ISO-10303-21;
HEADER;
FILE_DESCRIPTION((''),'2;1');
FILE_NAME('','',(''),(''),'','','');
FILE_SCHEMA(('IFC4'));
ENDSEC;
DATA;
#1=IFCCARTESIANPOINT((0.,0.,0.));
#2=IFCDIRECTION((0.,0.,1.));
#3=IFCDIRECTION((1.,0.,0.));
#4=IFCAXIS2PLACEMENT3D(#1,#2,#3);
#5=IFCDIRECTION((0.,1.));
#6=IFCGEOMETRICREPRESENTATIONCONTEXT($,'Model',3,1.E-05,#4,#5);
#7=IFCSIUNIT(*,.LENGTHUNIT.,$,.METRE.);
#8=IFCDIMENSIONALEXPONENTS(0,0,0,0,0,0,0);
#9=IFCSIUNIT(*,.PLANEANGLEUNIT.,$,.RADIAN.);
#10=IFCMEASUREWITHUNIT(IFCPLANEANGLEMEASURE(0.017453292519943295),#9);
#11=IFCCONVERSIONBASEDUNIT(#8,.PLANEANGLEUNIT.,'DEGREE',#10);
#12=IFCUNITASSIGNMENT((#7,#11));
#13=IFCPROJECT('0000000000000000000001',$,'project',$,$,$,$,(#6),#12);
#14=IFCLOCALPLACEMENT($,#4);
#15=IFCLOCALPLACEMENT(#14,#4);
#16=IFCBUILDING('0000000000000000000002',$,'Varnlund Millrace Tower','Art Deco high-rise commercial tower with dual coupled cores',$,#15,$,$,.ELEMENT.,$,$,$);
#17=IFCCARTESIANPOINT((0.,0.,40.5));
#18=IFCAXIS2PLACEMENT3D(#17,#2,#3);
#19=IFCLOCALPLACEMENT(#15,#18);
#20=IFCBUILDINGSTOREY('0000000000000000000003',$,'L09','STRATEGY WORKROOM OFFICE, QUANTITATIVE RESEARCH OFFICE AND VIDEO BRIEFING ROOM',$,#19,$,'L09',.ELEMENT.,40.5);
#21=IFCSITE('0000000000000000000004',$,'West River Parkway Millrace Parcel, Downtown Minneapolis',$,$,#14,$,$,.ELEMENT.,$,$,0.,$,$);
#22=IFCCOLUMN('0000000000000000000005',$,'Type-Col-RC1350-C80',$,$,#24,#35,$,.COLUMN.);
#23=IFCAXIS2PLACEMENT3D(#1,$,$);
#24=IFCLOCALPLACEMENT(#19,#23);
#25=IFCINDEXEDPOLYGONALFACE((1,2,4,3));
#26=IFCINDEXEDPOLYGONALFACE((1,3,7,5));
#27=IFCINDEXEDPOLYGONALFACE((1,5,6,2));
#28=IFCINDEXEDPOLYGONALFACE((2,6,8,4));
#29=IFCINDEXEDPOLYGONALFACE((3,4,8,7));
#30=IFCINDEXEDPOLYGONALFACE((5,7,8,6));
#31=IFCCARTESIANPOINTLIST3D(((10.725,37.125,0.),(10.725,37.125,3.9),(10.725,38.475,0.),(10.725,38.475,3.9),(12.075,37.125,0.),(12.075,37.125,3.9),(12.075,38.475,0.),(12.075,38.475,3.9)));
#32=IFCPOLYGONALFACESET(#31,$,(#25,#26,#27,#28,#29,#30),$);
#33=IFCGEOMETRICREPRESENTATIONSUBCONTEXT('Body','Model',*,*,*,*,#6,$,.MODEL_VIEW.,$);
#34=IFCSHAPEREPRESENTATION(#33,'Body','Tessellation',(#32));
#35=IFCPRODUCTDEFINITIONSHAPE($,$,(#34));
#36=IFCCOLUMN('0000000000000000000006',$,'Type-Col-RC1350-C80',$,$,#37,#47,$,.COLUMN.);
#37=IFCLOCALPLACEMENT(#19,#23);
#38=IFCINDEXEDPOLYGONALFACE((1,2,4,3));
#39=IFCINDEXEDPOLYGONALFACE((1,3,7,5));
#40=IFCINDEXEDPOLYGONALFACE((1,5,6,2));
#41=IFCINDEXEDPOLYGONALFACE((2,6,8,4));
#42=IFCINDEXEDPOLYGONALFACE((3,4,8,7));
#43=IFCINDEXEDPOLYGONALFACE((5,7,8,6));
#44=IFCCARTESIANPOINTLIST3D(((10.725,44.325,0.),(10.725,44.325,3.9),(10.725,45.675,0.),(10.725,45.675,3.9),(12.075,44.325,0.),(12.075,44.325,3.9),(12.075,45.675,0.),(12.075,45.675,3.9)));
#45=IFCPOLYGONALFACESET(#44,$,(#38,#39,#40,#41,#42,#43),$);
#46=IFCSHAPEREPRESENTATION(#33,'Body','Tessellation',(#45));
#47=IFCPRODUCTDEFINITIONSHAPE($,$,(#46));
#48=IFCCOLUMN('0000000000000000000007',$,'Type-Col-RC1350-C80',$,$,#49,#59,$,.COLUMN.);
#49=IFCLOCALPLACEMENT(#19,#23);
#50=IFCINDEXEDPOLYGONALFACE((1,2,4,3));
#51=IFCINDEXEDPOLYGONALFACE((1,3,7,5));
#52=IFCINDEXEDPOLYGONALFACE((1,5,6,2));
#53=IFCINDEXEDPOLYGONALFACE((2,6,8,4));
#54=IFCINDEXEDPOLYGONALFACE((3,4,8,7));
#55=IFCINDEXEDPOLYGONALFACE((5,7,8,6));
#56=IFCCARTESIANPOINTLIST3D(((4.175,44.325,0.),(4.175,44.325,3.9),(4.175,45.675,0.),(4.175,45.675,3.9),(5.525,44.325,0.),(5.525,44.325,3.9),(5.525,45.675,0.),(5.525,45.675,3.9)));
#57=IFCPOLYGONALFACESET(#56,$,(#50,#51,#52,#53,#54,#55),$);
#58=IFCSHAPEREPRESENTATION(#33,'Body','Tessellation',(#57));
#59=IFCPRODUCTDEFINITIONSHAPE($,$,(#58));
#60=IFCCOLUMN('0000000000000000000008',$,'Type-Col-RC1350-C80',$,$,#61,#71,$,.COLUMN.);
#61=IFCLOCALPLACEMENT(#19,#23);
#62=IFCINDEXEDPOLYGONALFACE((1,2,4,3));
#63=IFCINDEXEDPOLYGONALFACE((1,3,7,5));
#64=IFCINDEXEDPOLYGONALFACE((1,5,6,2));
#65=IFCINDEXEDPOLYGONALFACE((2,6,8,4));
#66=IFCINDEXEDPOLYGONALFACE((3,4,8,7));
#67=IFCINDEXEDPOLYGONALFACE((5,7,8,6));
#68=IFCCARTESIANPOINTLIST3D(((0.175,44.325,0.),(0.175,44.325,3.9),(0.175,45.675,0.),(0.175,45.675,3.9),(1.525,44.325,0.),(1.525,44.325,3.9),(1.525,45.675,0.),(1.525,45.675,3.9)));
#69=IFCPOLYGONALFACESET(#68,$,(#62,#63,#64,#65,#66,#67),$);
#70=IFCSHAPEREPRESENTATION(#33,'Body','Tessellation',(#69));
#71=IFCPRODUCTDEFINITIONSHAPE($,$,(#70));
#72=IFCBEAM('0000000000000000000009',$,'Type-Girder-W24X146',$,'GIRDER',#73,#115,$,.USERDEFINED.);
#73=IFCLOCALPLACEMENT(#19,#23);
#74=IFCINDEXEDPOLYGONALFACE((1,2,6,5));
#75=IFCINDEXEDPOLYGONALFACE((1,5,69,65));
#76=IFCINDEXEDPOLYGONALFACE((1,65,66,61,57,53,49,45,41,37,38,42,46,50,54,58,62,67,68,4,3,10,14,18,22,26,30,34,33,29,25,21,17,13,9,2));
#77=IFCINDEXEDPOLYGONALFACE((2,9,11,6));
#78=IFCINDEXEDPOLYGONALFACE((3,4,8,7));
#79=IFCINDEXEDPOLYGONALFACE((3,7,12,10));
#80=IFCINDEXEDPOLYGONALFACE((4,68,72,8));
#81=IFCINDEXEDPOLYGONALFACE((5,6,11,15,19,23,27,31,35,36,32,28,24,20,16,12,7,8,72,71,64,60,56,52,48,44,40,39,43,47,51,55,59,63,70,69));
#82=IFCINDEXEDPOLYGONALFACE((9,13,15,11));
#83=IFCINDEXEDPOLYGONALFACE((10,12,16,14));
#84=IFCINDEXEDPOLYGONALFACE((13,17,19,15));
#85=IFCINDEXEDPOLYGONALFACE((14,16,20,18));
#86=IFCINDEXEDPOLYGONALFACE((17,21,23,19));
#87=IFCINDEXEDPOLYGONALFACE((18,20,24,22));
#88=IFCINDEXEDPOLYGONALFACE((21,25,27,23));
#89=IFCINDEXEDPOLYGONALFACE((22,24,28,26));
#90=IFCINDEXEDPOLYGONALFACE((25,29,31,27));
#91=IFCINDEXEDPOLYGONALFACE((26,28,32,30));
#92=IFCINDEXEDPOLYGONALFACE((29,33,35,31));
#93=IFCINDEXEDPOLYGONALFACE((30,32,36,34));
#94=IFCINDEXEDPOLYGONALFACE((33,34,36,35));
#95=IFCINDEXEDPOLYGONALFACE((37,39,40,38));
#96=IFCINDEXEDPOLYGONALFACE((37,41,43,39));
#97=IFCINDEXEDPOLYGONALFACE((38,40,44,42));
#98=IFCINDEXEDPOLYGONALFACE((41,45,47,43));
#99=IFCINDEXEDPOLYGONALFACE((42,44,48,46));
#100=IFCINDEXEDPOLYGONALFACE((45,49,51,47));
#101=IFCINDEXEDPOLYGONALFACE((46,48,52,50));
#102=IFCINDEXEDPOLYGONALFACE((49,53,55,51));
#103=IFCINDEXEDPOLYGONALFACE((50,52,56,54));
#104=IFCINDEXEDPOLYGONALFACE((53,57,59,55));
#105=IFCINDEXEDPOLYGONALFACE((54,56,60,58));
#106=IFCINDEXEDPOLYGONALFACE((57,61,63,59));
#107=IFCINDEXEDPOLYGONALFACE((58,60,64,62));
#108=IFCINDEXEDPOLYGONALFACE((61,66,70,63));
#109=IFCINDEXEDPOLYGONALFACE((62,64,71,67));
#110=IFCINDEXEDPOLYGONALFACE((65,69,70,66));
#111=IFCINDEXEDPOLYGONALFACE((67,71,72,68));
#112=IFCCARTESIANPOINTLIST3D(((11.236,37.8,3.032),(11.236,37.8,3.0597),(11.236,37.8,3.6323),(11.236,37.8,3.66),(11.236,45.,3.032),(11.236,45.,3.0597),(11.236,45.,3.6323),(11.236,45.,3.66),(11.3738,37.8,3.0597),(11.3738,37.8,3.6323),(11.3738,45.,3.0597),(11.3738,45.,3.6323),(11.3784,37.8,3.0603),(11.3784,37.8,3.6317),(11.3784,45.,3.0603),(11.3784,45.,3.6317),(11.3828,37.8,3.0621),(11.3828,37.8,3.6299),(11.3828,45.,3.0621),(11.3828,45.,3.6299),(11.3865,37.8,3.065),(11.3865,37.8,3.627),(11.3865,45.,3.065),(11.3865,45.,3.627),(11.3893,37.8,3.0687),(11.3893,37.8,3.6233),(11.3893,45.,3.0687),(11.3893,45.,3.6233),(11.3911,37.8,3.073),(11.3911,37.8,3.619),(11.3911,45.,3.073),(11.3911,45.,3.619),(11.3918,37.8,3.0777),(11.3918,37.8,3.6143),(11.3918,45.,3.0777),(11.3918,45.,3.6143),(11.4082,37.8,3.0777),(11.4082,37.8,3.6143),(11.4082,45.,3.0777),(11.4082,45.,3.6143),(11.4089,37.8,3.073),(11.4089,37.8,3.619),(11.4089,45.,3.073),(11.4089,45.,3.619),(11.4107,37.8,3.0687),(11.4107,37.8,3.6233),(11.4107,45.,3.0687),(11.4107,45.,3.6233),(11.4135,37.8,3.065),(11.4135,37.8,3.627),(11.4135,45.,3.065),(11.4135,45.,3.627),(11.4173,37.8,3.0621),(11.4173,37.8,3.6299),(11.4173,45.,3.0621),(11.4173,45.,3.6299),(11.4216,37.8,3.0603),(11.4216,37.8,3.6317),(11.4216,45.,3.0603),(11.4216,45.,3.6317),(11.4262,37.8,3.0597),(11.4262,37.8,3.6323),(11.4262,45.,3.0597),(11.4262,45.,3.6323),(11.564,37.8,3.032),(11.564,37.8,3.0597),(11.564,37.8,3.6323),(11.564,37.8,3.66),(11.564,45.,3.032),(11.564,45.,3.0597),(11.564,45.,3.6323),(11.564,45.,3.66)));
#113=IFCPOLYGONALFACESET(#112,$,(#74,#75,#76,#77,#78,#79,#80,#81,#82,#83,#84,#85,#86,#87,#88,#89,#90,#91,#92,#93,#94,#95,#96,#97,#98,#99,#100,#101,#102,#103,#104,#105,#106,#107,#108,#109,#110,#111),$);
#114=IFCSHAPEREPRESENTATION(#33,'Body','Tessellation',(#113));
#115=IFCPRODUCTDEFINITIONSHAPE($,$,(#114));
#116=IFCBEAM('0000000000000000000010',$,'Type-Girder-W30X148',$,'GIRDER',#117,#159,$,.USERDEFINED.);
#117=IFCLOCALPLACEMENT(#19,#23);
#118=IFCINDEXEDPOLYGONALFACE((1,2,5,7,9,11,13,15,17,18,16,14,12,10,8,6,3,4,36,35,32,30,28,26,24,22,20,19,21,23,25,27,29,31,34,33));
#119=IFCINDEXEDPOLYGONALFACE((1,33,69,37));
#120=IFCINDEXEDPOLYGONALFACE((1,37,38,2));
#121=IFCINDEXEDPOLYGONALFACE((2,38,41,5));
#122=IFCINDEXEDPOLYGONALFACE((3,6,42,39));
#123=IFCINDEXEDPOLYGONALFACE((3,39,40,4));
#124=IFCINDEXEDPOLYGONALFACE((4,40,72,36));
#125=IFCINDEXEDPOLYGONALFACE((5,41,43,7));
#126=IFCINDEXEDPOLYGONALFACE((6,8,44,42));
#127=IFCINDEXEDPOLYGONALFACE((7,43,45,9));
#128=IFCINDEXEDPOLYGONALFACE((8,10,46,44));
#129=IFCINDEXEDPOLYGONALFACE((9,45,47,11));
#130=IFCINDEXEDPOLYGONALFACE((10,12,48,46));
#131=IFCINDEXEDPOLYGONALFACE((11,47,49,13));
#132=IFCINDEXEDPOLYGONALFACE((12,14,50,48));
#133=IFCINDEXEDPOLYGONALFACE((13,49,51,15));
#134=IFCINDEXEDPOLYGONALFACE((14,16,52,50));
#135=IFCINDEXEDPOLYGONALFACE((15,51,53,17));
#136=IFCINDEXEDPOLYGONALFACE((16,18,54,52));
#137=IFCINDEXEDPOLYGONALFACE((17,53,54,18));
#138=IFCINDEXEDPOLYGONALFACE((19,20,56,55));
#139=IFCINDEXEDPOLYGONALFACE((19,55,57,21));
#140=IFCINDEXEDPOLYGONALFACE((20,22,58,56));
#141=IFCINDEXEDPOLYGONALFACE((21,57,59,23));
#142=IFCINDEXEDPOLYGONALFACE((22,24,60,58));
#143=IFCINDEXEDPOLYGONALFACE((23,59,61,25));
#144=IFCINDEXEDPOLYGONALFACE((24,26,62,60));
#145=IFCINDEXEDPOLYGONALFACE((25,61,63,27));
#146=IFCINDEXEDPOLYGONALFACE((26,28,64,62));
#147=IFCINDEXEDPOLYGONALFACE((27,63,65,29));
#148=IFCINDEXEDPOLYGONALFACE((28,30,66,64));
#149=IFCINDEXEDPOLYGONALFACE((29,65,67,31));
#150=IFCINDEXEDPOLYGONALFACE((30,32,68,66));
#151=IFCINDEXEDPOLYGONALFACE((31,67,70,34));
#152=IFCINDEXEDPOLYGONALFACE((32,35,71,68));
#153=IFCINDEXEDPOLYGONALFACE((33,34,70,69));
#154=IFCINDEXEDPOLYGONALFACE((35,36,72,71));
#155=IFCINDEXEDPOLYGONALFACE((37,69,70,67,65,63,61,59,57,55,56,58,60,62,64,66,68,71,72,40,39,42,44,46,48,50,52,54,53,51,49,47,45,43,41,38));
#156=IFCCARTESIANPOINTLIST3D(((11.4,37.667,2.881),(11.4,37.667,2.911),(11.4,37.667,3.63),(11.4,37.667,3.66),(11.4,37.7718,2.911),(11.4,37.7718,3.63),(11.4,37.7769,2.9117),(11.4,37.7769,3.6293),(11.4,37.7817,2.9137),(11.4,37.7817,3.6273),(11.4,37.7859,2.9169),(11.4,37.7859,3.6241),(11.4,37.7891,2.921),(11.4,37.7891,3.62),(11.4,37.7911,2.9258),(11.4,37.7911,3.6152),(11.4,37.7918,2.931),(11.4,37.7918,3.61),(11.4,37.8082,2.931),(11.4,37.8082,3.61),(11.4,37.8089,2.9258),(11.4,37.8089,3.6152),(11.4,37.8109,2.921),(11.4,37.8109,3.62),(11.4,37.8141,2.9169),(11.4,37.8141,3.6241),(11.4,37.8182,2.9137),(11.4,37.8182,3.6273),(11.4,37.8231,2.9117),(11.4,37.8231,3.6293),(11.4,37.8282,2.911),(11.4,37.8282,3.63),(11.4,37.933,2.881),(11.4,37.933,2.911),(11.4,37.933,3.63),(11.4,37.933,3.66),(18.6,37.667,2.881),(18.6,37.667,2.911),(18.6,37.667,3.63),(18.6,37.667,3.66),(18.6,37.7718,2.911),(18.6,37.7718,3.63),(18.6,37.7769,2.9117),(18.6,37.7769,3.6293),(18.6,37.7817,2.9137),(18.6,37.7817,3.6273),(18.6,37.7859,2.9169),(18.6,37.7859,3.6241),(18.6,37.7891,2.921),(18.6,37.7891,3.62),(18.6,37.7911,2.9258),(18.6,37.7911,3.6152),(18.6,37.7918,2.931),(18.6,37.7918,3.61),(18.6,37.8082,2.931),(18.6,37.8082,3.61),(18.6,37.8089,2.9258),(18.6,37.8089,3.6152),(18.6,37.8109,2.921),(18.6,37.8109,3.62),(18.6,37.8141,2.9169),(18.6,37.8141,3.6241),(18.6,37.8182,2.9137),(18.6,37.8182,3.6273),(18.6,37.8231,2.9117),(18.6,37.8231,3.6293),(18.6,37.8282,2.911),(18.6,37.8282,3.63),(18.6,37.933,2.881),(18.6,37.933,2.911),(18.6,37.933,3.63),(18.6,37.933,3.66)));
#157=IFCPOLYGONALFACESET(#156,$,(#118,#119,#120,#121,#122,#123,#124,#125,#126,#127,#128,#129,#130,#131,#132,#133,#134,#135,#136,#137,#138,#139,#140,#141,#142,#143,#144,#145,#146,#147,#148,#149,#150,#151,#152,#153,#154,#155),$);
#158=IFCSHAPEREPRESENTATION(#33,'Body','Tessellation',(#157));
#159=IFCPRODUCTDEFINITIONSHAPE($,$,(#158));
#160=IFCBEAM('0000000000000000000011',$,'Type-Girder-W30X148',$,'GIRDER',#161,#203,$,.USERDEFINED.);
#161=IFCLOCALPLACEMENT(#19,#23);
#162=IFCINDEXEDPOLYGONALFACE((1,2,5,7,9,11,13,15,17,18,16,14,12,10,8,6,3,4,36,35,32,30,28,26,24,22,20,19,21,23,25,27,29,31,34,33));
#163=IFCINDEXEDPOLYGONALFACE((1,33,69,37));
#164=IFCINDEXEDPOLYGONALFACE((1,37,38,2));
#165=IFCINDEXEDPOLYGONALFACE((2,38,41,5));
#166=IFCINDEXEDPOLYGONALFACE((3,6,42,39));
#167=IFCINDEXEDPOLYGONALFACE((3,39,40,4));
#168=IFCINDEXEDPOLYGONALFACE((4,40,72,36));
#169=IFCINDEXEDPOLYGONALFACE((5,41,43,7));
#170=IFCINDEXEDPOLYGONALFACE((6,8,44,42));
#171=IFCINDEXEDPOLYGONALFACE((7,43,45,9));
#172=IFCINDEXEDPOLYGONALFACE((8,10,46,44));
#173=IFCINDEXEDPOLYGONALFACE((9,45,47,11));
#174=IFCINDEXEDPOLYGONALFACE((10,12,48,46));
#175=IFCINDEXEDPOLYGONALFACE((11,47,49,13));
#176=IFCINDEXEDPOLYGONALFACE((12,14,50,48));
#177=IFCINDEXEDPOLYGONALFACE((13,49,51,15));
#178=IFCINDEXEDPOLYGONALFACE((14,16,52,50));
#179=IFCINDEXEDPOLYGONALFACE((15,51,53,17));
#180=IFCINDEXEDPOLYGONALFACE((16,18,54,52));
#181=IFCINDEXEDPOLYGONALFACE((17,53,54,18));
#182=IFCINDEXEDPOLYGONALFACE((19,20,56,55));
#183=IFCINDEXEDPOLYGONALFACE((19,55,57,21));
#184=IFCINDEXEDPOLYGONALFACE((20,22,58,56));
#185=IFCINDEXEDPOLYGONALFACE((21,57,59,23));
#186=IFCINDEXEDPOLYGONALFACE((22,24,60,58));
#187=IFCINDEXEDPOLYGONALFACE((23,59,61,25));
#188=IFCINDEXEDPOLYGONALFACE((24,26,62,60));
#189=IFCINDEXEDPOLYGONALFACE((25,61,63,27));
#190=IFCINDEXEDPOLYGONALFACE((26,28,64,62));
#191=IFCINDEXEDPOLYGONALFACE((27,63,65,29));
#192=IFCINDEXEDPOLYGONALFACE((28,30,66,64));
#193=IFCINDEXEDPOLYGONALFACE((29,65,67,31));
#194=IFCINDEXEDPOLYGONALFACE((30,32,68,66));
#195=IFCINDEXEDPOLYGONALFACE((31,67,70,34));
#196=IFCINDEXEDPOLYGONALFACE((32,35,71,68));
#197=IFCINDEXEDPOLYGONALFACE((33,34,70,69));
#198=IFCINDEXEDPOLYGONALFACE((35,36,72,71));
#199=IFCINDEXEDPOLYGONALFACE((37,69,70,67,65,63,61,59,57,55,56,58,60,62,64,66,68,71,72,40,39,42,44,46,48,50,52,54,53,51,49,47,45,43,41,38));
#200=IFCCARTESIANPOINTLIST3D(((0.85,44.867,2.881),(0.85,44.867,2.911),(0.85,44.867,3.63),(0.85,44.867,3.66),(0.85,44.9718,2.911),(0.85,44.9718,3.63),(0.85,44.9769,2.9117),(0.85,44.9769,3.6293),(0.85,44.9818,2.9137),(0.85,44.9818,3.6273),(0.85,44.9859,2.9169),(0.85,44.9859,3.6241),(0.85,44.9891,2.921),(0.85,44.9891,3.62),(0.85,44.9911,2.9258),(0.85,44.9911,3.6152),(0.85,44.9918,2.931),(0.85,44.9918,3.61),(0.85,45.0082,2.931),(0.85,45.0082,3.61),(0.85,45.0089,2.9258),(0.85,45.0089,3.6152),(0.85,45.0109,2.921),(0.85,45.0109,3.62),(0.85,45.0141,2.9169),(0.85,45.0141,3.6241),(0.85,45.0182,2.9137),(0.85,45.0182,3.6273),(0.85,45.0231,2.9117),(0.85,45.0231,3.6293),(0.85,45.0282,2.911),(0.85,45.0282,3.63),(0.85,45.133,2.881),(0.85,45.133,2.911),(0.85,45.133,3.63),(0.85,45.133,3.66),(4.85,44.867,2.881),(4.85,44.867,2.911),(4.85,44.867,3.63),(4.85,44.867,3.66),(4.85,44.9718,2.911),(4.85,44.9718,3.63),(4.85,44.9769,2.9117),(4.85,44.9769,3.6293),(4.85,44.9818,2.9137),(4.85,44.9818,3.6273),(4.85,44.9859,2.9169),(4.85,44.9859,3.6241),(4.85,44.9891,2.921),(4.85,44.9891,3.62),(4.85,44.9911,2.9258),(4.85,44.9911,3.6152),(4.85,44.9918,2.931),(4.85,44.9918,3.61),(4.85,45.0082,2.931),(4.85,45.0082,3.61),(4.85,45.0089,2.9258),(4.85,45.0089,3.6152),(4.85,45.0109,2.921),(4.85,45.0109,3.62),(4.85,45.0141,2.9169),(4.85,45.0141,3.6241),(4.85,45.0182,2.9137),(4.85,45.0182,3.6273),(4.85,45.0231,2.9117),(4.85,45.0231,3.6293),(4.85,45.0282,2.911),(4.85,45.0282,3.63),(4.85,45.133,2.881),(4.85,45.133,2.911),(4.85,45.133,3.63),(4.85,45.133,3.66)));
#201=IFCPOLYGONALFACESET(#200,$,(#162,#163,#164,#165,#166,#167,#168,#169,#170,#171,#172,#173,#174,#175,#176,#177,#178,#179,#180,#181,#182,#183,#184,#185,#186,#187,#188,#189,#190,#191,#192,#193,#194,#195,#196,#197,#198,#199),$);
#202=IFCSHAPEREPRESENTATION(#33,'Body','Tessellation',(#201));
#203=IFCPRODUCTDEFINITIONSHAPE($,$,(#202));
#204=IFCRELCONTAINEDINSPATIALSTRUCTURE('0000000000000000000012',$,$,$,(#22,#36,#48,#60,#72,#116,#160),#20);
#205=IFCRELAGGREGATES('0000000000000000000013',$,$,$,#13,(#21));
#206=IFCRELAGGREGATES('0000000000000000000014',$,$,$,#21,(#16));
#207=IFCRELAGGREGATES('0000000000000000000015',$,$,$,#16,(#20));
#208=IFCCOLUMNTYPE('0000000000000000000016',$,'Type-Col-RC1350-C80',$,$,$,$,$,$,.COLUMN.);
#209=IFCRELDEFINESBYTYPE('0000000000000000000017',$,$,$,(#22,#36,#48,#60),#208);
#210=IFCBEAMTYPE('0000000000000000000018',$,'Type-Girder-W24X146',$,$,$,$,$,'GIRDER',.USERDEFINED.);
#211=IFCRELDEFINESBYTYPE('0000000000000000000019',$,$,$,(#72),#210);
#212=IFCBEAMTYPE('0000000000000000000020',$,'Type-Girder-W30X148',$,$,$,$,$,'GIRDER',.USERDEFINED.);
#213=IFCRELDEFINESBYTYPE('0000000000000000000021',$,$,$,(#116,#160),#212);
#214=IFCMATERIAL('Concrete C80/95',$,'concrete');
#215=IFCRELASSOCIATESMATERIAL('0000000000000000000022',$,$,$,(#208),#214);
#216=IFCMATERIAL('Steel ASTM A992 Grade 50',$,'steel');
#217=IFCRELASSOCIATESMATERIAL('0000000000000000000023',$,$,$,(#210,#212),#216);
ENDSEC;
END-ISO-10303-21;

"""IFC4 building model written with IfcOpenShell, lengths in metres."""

from ifc_helpers import new_model, entity, si_unit, converted_unit, direction, frame, origin_with_axes, origin_2d_with_axis, place, context, subcontext, project, spatial, rectangle, i_section, extrude, material, material_profile, profile_set, type_object, element, save


model = new_model("IFC4")

# Units and contexts
model_context = context("Model", 3, precision=1e-05, world=origin_with_axes(), true_north=direction((0.0, 1.0)))
body_context = subcontext(model_context, "Body", "Model", "MODEL_VIEW")
ifc_project = project(units=[si_unit("LENGTHUNIT", "METRE"), converted_unit("PLANEANGLEUNIT", "DEGREE", entity("IfcPlaneAngleMeasure", 0.017453292519943295), si_unit("PLANEANGLEUNIT", "RADIAN"), dimensions=[0, 0, 0, 0, 0, 0, 0])], contexts=[model_context])

# Site, building, storey
site_placement = place(None, origin_with_axes())
site = spatial("IfcSite", under=ifc_project, at=site_placement, Name="West River Parkway Millrace Parcel, Downtown Minneapolis", CompositionType="ELEMENT", RefElevation=0.0)
building_placement = place(site_placement, origin_with_axes())
building = spatial("IfcBuilding", under=site, at=building_placement, Name="Varnlund Millrace Tower", Description="Art Deco high-rise commercial tower with dual coupled cores", CompositionType="ELEMENT")
storey_placement = place(building_placement, frame((0.0, 0.0, 40.5), z_axis=(0.0, 0.0, 1.0), x_axis=(1.0, 0.0, 0.0)))
storey = spatial("IfcBuildingStorey", under=building, at=storey_placement, Name="L09", Description="STRATEGY WORKROOM OFFICE, QUANTITATIVE RESEARCH OFFICE AND VIDEO BRIEFING ROOM", LongName="L09", CompositionType="ELEMENT", Elevation=40.5)

# Columns
ifc_material_1 = material(Name="Concrete C80/95", Category="concrete")
ifc_material_profile_1 = material_profile(ifc_material_1, rectangle(XDim=1.35, YDim=1.35, at=origin_2d_with_axis()), Name="Concrete C80/95")
ifc_profile_set_1 = profile_set([ifc_material_profile_1], Name="Concrete C80/95")
column_type = type_object("IfcColumnType", Name="Type-Col-RC1350-C80", PredefinedType="COLUMN", material=ifc_profile_set_1)
for number, where, z_axis, x_axis, name in (
    (1, (11.4, 37.8, 0.0), (0.0, 0.0, 1.0), (1.0, 0.0, 0.0), "Type-Col-RC1350-C80"),
    (2, (11.4, 45.0, 0.0), (0.0, 0.0, 1.0), (1.0, 0.0, 0.0), "Type-Col-RC1350-C80"),
    (3, (4.85, 45.0, 0.0), (0.0, 0.0, 1.0), (1.0, 0.0, 0.0), "Type-Col-RC1350-C80"),
    (4, (0.85, 45.0, 0.0), (0.0, 0.0, 1.0), (1.0, 0.0, 0.0), "Type-Col-RC1350-C80"),
):
    element("IfcColumn", number, at=place(storey_placement, frame(where, z_axis=z_axis, x_axis=x_axis)), inside=storey, type_object=column_type, Name=name, PredefinedType="COLUMN", context=body_context, shape_type="SweptSolid", body=[
        extrude(rectangle(XDim=1.35, YDim=1.35, at=origin_2d_with_axis()), origin_with_axes(), (0.0, 0.0, 1.0), 3.9),
    ])

# Beams
ifc_material_2 = material(Name="Steel ASTM A992 Grade 50", Category="steel")
ifc_material_profile_2 = material_profile(ifc_material_2, i_section(OverallWidth=0.328, OverallDepth=0.628, WebThickness=0.0165, FlangeThickness=0.0277, FilletRadius=0.018, at=origin_2d_with_axis()), Name="Steel ASTM A992 Grade 50")
ifc_profile_set_2 = profile_set([ifc_material_profile_2], Name="Steel ASTM A992 Grade 50")
beam_type_1 = type_object("IfcBeamType", Name="Type-Girder-W24X146", ElementType="GIRDER", PredefinedType="USERDEFINED", material=ifc_profile_set_2)
beam_1_placement = place(storey_placement, frame((11.4, 37.8, 3.346), z_axis=(0.0, 1.0, 0.0), x_axis=(-1.0, 0.0, 0.0)))
element("IfcBeam", 5, at=beam_1_placement, inside=storey, type_object=beam_type_1, Name="Type-Girder-W24X146", ObjectType="GIRDER", PredefinedType="USERDEFINED", context=body_context, shape_type="SweptSolid", body=[
    extrude(i_section(OverallWidth=0.328, OverallDepth=0.628, WebThickness=0.0165, FlangeThickness=0.0277, FilletRadius=0.018, at=origin_2d_with_axis()), origin_with_axes(), (0.0, 0.0, 1.0), 7.2),
])
ifc_material_profile_3 = material_profile(ifc_material_2, i_section(OverallWidth=0.266, OverallDepth=0.779, WebThickness=0.0165, FlangeThickness=0.03, FilletRadius=0.02, at=origin_2d_with_axis()), Name="Steel ASTM A992 Grade 50")
ifc_profile_set_3 = profile_set([ifc_material_profile_3], Name="Steel ASTM A992 Grade 50")
beam_type_2 = type_object("IfcBeamType", Name="Type-Girder-W30X148", ElementType="GIRDER", PredefinedType="USERDEFINED", material=ifc_profile_set_3)
beam_2_placement = place(storey_placement, frame((11.4, 37.8, 3.2705), z_axis=(1.0, 0.0, 0.0), x_axis=(0.0, 1.0, 0.0)))
element("IfcBeam", 6, at=beam_2_placement, inside=storey, type_object=beam_type_2, Name="Type-Girder-W30X148", ObjectType="GIRDER", PredefinedType="USERDEFINED", context=body_context, shape_type="SweptSolid", body=[
    extrude(i_section(OverallWidth=0.266, OverallDepth=0.779, WebThickness=0.0165, FlangeThickness=0.03, FilletRadius=0.02, at=origin_2d_with_axis()), origin_with_axes(), (0.0, 0.0, 1.0), 7.2),
])
beam_3_placement = place(storey_placement, frame((0.85, 45.0, 3.2705), z_axis=(1.0, 0.0, 0.0), x_axis=(0.0, 1.0, 0.0)))
element("IfcBeam", 7, at=beam_3_placement, inside=storey, type_object=beam_type_2, Name="Type-Girder-W30X148", ObjectType="GIRDER", PredefinedType="USERDEFINED", context=body_context, shape_type="SweptSolid", body=[
    extrude(i_section(OverallWidth=0.266, OverallDepth=0.779, WebThickness=0.0165, FlangeThickness=0.03, FilletRadius=0.02, at=origin_2d_with_axis()), origin_with_axes(), (0.0, 0.0, 1.0), 4.0),
])

save(model, "model.ifc")
